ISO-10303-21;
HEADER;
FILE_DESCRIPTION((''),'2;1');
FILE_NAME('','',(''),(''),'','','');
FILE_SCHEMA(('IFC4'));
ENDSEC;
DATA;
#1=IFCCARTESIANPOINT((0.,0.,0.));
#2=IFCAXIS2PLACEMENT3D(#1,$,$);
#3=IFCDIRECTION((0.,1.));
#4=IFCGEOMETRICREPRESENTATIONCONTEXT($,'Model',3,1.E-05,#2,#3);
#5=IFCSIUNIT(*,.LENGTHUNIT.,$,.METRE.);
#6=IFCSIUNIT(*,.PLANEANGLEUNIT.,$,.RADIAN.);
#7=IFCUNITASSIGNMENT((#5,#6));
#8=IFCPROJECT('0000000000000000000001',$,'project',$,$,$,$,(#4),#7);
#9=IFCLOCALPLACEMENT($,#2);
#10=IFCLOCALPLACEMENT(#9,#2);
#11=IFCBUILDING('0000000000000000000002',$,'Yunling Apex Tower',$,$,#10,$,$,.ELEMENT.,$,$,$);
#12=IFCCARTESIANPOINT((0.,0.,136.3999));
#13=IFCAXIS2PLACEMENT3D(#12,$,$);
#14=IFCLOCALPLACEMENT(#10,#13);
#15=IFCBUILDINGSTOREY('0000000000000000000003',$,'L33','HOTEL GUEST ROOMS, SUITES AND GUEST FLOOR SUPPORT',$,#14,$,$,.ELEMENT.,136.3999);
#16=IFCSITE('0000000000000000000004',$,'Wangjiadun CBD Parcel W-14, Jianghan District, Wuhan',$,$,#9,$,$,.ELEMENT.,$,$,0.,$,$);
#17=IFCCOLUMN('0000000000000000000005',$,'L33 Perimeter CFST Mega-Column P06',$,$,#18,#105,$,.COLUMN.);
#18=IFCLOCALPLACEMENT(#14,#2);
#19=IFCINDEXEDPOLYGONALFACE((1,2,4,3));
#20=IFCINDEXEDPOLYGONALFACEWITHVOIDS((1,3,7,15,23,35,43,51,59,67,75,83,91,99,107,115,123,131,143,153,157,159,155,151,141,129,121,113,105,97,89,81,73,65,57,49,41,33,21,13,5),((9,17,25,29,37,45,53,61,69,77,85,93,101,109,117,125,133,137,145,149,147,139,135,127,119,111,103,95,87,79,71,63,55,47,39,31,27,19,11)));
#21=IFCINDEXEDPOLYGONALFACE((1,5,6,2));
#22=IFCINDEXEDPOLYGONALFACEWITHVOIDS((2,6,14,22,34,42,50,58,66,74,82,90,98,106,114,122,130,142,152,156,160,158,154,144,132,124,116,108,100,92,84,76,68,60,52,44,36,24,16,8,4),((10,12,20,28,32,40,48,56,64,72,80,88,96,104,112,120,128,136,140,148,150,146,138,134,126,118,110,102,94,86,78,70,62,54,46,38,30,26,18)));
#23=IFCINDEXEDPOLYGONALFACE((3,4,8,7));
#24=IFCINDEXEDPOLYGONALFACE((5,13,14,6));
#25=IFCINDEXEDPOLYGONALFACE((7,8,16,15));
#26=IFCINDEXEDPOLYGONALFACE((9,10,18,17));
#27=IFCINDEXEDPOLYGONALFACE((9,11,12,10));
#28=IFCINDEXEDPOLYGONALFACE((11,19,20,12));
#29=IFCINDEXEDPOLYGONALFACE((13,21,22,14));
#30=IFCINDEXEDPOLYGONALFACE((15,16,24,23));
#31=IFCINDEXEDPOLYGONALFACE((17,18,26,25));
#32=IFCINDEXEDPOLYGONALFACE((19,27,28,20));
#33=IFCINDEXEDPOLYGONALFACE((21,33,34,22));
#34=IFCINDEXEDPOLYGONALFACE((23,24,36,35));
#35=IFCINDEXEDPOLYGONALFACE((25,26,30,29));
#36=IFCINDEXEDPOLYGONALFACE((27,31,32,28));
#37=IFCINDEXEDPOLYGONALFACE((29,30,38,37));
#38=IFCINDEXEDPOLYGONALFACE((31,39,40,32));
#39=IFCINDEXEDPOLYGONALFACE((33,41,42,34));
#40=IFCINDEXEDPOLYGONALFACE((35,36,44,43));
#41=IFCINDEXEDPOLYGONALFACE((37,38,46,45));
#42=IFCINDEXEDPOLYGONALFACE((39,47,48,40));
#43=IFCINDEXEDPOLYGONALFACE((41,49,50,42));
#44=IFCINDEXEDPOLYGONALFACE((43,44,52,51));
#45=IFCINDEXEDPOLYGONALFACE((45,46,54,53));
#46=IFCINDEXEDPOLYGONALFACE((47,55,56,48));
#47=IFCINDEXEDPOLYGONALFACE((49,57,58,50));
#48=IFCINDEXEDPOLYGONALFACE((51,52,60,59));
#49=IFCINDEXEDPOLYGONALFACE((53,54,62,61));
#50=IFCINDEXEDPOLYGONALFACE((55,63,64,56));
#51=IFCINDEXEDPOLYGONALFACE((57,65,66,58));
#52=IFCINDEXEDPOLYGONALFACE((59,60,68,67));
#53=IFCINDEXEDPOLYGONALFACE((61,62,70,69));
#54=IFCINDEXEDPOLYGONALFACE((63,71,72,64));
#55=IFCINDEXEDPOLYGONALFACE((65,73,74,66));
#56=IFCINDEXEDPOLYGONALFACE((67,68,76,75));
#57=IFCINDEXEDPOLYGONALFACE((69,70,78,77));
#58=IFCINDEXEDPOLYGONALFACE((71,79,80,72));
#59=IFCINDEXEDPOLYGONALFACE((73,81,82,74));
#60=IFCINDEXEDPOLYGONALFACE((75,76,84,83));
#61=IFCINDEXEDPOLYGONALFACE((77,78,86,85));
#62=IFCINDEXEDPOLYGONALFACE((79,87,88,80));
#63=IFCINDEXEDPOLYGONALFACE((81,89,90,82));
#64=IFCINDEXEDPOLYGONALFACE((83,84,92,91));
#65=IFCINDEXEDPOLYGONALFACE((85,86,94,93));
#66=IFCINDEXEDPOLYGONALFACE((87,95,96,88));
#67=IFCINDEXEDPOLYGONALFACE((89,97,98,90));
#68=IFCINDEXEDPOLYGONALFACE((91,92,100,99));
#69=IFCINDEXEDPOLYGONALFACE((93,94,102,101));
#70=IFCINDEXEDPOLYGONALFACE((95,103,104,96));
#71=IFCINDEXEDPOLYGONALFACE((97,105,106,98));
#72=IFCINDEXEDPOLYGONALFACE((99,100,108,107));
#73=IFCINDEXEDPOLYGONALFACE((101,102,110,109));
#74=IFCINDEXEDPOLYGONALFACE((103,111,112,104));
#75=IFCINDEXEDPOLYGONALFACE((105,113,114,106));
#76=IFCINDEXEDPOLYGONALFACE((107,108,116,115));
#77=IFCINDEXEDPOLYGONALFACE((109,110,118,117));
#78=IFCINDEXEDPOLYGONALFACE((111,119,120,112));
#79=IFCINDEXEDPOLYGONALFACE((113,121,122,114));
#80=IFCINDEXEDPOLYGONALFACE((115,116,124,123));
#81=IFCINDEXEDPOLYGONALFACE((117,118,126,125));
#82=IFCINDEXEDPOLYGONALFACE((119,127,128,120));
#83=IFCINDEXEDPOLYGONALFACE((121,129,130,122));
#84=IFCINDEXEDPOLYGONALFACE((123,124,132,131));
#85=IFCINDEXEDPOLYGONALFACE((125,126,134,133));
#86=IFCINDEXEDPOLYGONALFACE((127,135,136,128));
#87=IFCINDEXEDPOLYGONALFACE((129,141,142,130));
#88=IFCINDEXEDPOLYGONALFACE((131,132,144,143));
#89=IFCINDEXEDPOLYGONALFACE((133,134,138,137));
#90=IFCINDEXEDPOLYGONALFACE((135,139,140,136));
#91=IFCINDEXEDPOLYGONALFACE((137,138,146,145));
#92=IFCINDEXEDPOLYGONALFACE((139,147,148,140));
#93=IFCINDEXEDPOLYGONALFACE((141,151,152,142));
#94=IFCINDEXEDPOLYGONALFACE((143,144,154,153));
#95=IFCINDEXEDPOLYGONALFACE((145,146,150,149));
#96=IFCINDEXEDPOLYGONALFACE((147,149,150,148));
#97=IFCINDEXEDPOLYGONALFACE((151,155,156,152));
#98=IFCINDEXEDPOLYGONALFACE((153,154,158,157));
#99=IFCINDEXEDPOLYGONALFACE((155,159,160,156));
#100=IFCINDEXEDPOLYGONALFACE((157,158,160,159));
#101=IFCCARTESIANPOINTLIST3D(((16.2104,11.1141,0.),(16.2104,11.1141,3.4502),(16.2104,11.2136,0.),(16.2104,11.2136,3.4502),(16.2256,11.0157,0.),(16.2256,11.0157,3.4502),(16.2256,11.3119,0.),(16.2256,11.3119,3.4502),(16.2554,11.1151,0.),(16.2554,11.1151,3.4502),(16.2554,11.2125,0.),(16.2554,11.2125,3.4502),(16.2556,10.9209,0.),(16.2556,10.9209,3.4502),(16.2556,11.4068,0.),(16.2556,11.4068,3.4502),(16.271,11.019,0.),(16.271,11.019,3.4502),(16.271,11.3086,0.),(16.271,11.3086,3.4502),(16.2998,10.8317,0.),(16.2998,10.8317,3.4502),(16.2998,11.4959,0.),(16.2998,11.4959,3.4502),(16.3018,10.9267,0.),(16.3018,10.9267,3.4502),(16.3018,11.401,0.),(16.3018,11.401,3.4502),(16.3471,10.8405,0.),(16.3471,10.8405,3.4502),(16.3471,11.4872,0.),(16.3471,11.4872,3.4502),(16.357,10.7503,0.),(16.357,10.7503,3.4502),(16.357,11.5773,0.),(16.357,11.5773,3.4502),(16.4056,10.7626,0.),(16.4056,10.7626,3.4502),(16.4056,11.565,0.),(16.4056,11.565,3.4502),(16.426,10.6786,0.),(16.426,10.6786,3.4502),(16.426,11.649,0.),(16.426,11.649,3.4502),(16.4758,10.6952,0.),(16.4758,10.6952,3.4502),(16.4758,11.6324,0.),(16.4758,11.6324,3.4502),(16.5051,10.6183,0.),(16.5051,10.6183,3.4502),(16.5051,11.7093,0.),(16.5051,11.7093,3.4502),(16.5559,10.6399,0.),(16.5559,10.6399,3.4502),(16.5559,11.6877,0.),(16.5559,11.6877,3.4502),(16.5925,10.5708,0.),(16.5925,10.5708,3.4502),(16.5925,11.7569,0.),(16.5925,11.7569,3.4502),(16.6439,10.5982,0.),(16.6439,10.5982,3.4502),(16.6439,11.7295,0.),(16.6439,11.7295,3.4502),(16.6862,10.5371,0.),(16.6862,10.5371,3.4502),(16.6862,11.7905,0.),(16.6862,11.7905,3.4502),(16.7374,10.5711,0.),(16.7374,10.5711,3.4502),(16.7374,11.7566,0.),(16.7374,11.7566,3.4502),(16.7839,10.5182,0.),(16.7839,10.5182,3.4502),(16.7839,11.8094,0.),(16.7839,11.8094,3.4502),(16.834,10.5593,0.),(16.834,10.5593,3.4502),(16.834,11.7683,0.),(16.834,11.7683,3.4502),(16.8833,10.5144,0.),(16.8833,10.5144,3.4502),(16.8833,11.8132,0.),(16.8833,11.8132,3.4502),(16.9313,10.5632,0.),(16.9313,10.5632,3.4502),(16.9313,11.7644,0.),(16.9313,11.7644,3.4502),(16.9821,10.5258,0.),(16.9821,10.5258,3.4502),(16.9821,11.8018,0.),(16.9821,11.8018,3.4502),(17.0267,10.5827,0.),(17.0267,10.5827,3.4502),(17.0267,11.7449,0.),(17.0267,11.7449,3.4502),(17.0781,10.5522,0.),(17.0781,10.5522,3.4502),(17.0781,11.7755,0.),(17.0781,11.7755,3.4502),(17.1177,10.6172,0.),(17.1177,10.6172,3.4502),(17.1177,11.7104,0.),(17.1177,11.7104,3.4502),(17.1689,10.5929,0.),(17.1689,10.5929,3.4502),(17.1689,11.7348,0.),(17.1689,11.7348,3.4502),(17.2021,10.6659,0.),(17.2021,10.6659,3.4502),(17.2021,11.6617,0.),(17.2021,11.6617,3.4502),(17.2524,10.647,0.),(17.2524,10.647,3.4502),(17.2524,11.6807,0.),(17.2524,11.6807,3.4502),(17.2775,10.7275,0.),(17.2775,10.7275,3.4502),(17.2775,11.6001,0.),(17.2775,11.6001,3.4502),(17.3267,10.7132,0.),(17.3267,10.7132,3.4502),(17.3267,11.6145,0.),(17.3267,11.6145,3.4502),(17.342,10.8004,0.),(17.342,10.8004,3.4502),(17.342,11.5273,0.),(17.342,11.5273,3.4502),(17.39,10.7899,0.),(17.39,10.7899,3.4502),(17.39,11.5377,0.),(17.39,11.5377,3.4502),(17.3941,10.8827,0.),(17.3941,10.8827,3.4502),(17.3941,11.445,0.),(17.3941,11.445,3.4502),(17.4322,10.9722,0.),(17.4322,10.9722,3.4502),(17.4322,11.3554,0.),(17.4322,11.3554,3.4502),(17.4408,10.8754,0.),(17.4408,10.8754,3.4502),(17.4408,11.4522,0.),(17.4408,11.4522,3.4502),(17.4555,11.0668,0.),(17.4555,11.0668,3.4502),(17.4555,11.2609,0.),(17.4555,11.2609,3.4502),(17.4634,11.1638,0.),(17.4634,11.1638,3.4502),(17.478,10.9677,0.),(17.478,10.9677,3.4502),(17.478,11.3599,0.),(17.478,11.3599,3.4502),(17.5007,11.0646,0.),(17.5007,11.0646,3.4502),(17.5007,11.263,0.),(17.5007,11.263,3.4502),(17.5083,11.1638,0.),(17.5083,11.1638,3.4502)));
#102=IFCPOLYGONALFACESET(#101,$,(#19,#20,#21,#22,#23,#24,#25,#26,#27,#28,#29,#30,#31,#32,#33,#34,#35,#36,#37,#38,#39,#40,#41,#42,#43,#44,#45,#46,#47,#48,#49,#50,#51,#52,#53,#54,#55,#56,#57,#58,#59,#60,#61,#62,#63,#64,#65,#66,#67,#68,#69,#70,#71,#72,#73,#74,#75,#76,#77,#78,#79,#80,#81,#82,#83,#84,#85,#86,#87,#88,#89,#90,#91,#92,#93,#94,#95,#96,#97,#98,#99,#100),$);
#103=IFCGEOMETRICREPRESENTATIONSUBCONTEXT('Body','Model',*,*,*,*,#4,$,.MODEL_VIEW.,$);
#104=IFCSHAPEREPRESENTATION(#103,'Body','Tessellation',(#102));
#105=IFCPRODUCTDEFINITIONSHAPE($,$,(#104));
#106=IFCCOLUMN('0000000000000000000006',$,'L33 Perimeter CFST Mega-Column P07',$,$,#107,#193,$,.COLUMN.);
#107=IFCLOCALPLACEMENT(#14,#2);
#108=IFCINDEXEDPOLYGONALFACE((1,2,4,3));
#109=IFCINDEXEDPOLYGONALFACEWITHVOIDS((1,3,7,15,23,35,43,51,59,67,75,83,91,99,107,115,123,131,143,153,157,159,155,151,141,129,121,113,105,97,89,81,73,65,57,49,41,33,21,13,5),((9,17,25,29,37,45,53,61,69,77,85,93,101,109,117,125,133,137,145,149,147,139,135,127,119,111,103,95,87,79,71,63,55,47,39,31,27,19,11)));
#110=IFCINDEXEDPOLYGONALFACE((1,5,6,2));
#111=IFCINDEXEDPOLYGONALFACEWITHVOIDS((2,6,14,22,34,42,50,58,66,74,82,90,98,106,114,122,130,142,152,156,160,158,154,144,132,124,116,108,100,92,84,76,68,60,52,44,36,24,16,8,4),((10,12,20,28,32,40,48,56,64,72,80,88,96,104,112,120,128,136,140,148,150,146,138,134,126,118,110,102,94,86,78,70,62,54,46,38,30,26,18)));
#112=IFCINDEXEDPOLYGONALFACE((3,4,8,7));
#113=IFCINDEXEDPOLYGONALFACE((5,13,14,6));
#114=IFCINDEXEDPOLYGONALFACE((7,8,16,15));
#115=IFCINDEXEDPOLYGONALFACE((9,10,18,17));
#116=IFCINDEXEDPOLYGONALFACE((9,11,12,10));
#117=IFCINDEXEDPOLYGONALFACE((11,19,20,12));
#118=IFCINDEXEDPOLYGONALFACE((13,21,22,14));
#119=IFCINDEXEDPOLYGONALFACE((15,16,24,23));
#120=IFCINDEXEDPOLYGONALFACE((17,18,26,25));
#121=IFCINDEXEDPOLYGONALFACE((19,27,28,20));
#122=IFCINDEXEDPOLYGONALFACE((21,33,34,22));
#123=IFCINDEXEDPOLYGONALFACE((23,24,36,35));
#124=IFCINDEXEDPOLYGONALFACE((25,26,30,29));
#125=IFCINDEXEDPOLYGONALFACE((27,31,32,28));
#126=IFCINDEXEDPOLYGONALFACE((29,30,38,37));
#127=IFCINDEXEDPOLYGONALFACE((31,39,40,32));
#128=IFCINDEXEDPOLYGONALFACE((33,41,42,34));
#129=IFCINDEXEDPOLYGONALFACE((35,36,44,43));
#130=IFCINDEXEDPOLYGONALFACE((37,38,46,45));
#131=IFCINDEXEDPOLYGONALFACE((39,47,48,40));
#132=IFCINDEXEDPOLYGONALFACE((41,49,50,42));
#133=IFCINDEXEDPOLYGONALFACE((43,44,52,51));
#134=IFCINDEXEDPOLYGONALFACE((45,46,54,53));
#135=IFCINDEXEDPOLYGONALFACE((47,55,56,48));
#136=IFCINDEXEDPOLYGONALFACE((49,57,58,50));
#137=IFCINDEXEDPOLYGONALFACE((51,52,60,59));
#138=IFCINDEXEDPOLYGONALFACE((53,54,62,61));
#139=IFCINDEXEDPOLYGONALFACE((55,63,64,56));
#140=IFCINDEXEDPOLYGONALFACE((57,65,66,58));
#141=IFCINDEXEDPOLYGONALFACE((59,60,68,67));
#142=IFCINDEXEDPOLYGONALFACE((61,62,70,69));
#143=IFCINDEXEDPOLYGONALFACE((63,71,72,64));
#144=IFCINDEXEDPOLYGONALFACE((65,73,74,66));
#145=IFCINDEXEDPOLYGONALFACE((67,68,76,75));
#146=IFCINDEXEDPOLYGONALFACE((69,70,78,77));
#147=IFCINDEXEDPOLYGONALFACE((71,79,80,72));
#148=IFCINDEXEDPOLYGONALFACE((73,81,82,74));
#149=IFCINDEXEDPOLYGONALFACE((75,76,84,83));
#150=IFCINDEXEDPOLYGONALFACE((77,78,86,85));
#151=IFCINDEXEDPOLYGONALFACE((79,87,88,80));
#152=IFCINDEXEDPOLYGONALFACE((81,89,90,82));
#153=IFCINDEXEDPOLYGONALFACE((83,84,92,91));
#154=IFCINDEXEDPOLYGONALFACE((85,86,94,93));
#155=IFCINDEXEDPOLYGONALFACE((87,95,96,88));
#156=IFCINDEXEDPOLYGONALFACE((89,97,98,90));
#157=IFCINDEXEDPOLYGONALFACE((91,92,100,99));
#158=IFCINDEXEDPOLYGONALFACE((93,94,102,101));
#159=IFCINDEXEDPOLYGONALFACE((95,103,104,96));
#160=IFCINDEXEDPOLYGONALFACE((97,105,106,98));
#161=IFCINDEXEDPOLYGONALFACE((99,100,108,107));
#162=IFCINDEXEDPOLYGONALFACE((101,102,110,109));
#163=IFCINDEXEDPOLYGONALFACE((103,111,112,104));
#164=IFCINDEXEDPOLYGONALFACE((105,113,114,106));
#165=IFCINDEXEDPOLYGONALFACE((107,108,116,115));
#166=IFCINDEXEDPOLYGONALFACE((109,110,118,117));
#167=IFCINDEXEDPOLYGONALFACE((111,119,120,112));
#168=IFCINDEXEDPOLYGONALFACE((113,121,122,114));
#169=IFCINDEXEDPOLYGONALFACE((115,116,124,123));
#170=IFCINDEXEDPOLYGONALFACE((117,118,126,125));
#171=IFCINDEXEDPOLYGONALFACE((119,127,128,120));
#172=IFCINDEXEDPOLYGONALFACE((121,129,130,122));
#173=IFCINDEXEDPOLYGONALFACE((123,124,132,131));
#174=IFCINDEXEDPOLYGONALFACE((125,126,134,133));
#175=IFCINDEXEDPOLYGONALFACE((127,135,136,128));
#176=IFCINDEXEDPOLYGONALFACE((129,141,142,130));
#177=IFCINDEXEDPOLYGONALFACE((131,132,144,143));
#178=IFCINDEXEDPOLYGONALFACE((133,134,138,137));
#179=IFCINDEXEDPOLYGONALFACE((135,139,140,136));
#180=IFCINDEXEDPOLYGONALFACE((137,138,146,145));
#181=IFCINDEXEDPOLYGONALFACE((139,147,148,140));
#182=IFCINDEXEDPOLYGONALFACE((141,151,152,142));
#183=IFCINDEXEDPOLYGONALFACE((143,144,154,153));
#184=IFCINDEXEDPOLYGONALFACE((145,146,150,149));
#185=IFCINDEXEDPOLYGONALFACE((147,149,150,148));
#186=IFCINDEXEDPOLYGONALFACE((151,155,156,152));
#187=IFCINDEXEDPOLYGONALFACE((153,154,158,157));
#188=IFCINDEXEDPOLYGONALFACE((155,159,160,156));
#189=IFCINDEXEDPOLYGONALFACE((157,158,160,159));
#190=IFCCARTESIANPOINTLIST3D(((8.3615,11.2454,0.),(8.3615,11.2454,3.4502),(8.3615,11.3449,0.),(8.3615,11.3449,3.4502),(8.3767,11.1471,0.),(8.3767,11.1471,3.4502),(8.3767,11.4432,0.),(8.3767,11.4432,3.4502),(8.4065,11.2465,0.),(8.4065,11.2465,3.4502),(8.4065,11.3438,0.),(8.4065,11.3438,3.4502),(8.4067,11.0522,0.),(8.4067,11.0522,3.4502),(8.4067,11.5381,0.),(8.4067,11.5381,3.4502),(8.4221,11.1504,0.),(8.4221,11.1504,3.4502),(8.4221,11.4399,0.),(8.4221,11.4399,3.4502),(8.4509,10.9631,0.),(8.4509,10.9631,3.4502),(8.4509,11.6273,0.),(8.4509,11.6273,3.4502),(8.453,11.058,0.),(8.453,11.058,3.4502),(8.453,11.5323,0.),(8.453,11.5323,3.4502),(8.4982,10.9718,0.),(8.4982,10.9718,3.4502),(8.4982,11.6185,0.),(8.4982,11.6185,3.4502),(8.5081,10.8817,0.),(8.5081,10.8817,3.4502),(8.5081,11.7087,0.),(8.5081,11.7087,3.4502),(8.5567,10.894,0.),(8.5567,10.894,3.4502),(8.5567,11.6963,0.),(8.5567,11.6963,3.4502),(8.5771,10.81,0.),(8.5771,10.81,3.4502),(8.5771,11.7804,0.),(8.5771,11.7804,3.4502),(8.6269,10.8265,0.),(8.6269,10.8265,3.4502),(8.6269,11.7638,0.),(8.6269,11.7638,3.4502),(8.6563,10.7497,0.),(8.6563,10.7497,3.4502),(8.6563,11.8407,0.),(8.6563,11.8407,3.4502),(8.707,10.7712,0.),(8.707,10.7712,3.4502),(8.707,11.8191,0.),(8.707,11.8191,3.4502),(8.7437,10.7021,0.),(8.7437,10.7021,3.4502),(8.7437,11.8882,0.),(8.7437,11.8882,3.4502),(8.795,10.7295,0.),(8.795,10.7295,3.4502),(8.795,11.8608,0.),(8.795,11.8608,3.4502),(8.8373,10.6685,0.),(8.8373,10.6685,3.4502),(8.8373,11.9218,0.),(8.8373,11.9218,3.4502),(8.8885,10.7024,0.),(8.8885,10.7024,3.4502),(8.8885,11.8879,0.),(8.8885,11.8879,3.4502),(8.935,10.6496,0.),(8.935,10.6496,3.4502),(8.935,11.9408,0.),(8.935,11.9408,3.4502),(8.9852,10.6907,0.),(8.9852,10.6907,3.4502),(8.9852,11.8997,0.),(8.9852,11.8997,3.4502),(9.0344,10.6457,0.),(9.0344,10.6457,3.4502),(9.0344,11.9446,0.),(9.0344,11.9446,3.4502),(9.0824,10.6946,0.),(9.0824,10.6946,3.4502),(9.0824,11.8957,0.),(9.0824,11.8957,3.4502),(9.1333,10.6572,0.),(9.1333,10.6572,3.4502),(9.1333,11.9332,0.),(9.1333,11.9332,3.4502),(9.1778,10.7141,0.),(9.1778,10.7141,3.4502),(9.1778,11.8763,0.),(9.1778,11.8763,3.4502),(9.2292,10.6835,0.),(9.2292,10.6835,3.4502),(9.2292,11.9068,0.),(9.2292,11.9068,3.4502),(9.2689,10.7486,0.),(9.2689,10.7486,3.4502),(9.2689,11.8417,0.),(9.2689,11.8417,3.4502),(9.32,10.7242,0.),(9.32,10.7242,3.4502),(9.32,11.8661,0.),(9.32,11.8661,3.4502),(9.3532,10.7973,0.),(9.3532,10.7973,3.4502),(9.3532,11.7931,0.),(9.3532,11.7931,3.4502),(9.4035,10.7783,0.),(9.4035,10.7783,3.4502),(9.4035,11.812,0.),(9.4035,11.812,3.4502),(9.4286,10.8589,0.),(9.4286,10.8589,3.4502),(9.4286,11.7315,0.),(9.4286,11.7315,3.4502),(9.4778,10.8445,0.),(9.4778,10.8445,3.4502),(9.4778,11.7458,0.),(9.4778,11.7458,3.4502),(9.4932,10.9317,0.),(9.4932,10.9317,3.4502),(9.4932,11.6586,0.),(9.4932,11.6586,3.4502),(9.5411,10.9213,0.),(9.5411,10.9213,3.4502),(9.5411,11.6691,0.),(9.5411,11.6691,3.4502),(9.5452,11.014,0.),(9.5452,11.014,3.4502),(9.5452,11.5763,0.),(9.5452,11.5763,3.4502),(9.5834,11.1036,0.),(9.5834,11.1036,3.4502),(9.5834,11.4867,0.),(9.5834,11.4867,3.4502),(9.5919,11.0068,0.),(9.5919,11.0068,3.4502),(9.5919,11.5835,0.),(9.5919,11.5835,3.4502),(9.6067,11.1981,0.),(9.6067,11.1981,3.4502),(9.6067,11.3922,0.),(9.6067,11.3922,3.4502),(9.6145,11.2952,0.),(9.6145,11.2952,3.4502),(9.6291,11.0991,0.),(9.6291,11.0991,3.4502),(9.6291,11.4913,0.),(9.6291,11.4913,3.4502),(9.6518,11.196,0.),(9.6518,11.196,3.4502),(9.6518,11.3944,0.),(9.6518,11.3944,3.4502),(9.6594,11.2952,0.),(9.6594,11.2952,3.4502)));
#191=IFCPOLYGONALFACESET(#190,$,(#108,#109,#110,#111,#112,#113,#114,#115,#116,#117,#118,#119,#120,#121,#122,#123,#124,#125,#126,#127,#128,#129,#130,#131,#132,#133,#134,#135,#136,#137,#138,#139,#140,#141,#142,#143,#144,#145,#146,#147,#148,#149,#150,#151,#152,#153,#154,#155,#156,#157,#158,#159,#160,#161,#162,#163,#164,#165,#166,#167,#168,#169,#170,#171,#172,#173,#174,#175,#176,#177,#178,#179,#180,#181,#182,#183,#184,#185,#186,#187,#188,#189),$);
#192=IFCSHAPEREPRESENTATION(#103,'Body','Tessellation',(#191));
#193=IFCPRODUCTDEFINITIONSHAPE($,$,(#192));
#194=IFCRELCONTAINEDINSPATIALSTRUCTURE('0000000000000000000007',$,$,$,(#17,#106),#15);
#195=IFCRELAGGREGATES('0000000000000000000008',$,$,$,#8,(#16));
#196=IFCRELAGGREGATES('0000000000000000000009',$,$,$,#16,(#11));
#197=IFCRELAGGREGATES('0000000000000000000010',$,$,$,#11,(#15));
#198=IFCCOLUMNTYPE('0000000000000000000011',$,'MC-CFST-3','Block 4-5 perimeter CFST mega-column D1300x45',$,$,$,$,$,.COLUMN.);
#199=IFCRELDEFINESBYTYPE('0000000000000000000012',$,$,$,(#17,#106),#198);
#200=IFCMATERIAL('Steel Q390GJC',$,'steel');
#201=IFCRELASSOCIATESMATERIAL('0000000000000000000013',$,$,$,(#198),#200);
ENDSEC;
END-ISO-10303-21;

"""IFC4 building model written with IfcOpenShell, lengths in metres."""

from ifc_helpers import new_model, si_unit, direction, frame, origin, origin_2d, place, context, subcontext, project, spatial, hollow_circle, extrude, source, transform, mapped, material, material_profile, profile_set, type_object, element, save


model = new_model("IFC4")

# Units and contexts
model_context = context("Model", 3, precision=1e-05, world=origin(), true_north=direction((0.0, 1.0)))
body_context = subcontext(model_context, "Body", "Model", "MODEL_VIEW")
ifc_project = project(units=[si_unit("LENGTHUNIT", "METRE"), si_unit("PLANEANGLEUNIT", "RADIAN")], contexts=[model_context])

# Site, building, storey
site_placement = place(None, origin())
site = spatial("IfcSite", under=ifc_project, at=site_placement, Name="Wangjiadun CBD Parcel W-14, Jianghan District, Wuhan", CompositionType="ELEMENT", RefElevation=0.0)
building_placement = place(site_placement, origin())
building = spatial("IfcBuilding", under=site, at=building_placement, Name="Yunling Apex Tower", CompositionType="ELEMENT")
storey_placement = place(building_placement, frame((0.0, 0.0, 136.3999)))
storey = spatial("IfcBuildingStorey", under=building, at=storey_placement, Name="L33", Description="HOTEL GUEST ROOMS, SUITES AND GUEST FLOOR SUPPORT", CompositionType="ELEMENT", Elevation=136.3999)

# Columns
ifc_material_1 = material(Name="Steel Q390GJC", Category="steel")
ifc_material_profile_1 = material_profile(ifc_material_1, hollow_circle(Radius=0.6499, WallThickness=0.0449, at=origin_2d()))
ifc_profile_set_1 = profile_set([ifc_material_profile_1], Name="Steel Q390GJC")
column_type = type_object("IfcColumnType", Name="MC-CFST-3", Description="Block 4-5 perimeter CFST mega-column D1300x45", PredefinedType="COLUMN", material=ifc_profile_set_1)
shared_shape_1 = source(origin(), body_context, "Body", "SweptSolid", [
    extrude(hollow_circle(Radius=0.6499, WallThickness=0.0449, at=origin_2d()), origin(), (0.0, 0.0, 1.0), 3.4502),
])
for number, where, z_axis, x_axis, name in (
    (1, (16.8584, 11.1638, 0.0), (0.0, 0.0, 1.0), (1.0, 0.0, 0.0), "L33 Perimeter CFST Mega-Column P06"),
    (2, (9.0095, 11.2952, 0.0), (0.0, 0.0, 1.0), (1.0, 0.0, 0.0), "L33 Perimeter CFST Mega-Column P07"),
):
    element("IfcColumn", number, at=place(storey_placement, frame(where, z_axis=z_axis, x_axis=x_axis)), inside=storey, type_object=column_type, Name=name, PredefinedType="COLUMN", context=body_context, shape_type="MappedRepresentation", body=[
        mapped(shared_shape_1, transform((0.0, 0.0, 0.0), scale=1.0)),
    ])

save(model, "model.ifc")
